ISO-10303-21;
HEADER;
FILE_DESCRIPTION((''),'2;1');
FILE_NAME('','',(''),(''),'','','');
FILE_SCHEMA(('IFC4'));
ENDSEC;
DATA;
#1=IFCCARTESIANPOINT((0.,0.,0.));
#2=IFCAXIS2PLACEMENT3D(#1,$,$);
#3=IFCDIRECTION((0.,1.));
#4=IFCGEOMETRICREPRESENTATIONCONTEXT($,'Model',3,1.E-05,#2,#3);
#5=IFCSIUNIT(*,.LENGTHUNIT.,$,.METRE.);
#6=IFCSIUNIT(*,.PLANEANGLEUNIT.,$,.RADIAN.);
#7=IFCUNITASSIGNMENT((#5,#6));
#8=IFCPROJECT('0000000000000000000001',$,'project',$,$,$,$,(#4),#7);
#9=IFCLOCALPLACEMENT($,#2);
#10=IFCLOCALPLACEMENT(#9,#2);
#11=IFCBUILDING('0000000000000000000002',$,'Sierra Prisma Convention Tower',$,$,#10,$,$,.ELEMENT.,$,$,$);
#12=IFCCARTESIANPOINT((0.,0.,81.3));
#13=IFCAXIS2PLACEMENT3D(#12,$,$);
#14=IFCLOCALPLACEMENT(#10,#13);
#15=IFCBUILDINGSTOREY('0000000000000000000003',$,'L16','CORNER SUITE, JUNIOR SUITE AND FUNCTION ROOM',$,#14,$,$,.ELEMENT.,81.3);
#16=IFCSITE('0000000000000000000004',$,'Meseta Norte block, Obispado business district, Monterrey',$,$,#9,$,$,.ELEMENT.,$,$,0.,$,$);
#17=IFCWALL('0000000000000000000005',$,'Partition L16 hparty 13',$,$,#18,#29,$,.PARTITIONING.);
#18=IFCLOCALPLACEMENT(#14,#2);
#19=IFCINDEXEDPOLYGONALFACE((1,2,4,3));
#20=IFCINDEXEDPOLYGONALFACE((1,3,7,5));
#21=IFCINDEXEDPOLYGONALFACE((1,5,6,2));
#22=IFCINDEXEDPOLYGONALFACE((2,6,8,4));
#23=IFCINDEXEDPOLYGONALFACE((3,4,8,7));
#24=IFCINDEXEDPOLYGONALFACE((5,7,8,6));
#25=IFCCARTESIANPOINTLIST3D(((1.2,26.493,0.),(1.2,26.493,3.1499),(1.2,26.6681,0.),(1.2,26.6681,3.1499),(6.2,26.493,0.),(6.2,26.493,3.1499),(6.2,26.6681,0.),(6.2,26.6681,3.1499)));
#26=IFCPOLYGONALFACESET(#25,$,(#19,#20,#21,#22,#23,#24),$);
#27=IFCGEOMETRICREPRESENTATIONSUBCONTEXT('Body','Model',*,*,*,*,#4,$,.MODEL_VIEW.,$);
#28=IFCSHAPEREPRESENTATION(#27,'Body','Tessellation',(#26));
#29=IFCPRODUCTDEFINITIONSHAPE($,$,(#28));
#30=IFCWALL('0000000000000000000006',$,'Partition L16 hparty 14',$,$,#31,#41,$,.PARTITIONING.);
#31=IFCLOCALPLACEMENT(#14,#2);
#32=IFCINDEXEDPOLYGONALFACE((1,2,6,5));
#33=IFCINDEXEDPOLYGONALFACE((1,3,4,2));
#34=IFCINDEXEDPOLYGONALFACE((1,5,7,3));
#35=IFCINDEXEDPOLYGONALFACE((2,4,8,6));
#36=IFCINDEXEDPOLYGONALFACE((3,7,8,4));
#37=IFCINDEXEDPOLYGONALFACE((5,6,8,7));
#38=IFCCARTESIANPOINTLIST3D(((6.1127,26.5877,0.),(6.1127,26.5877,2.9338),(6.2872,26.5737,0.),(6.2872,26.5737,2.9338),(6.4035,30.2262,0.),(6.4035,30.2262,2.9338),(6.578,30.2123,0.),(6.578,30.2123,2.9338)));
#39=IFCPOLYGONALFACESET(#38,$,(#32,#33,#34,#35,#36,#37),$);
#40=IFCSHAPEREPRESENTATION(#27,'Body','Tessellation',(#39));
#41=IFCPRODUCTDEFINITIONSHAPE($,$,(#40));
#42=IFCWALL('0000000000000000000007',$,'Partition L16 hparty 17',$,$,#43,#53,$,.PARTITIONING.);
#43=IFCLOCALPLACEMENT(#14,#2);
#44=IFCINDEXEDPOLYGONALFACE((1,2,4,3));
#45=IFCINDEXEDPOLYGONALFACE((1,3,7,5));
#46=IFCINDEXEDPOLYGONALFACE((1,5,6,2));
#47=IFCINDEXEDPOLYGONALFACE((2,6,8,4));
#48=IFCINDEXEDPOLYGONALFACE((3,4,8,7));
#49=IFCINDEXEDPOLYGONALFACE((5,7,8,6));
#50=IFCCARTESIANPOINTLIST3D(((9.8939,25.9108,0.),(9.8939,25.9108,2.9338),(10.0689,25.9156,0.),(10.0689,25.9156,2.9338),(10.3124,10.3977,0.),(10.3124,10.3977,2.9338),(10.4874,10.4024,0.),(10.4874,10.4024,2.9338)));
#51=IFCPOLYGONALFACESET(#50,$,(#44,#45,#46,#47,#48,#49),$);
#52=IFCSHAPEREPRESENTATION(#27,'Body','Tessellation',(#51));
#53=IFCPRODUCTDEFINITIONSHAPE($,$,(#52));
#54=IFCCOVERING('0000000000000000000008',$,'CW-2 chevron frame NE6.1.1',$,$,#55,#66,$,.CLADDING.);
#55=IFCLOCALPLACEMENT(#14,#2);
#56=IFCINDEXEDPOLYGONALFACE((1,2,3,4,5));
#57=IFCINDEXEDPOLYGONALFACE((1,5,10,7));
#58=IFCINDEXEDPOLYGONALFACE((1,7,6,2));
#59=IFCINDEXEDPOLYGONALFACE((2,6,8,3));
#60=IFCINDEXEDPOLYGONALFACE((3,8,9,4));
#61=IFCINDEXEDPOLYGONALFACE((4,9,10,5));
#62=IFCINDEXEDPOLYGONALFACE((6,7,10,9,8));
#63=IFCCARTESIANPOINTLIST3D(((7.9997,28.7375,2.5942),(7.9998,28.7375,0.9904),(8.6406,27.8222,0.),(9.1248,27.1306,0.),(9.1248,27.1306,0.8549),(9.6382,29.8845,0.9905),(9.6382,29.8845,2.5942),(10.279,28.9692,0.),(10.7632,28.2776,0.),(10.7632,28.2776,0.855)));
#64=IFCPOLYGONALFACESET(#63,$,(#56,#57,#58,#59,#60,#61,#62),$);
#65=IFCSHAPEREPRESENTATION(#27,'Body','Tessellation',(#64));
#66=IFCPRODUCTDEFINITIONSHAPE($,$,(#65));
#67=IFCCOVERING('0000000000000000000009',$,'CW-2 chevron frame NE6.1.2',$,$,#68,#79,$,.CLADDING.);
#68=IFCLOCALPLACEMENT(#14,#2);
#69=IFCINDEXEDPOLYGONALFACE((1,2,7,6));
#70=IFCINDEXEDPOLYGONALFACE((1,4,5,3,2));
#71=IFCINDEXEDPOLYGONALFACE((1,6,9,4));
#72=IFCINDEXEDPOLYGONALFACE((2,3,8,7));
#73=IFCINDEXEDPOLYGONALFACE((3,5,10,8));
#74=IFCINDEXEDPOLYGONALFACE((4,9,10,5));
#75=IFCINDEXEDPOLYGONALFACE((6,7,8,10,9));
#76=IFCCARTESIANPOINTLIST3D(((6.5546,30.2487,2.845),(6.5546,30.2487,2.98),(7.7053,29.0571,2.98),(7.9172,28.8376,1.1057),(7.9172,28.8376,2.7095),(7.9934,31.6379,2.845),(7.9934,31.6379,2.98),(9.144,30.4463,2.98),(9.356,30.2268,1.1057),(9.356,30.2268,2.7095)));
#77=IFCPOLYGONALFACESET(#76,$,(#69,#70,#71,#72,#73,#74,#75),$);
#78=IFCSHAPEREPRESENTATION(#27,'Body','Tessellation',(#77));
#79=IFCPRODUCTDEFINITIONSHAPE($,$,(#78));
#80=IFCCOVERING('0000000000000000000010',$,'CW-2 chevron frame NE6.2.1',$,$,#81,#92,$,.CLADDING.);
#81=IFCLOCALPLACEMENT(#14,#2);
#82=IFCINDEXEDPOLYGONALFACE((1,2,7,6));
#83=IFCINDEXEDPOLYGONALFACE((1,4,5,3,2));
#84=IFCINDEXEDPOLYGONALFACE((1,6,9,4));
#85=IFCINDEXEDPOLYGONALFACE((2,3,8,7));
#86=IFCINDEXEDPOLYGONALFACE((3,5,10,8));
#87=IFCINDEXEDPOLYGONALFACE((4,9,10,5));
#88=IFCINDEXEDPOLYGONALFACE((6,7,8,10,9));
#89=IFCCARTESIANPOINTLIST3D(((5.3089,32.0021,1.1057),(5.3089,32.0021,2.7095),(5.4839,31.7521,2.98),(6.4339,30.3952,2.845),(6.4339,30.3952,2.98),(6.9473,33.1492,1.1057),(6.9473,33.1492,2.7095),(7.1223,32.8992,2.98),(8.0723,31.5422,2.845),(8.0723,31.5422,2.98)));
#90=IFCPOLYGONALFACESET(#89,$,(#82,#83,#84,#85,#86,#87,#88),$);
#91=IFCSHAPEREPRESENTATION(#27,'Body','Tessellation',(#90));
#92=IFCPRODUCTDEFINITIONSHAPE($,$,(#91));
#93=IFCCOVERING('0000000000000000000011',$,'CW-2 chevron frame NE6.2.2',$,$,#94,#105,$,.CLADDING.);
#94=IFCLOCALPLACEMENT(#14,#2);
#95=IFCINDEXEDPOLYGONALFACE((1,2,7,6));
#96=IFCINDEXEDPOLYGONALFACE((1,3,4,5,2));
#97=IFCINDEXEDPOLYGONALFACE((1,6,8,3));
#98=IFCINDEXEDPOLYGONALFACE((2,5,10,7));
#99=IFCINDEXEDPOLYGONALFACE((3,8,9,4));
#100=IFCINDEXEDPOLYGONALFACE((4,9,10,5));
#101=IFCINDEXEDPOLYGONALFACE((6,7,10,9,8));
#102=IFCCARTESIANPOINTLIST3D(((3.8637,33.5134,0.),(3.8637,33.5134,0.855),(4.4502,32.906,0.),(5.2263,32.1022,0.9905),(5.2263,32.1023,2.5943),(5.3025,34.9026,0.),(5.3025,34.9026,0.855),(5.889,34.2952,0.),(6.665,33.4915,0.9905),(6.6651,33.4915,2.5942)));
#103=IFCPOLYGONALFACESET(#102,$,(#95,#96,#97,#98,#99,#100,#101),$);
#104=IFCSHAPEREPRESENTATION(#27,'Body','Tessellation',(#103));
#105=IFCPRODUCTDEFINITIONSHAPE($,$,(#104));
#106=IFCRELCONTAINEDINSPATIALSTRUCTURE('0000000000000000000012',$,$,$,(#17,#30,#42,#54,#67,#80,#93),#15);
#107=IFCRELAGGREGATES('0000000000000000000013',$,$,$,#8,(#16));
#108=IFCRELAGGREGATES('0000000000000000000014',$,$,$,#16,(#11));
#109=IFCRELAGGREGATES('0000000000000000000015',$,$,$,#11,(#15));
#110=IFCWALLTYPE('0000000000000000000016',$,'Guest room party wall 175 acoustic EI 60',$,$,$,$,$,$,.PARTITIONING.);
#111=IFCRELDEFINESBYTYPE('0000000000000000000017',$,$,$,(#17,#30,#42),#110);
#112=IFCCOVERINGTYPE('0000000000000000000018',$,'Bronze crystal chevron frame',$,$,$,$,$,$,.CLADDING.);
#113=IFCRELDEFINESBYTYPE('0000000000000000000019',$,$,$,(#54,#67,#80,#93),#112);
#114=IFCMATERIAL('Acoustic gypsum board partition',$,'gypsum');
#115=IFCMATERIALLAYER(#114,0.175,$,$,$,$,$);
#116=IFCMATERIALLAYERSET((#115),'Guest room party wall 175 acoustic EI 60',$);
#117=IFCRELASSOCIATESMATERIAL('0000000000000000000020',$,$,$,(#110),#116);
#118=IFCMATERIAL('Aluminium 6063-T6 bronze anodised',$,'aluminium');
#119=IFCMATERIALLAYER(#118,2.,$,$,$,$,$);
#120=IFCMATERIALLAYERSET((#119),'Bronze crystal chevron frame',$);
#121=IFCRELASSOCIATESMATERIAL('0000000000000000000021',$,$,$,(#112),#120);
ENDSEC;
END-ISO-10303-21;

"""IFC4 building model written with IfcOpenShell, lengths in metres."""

from ifc_helpers import new_model, si_unit, direction, frame, frame_2d, origin, place, context, subcontext, project, spatial, polyline, rectangle, outline, extrude, material, layer, layer_set, type_object, element, save


model = new_model("IFC4")

# Units and contexts
model_context = context("Model", 3, precision=1e-05, world=origin(), true_north=direction((0.0, 1.0)))
body_context = subcontext(model_context, "Body", "Model", "MODEL_VIEW")
ifc_project = project(units=[si_unit("LENGTHUNIT", "METRE"), si_unit("PLANEANGLEUNIT", "RADIAN")], contexts=[model_context])

# Site, building, storey
site_placement = place(None, origin())
site = spatial("IfcSite", under=ifc_project, at=site_placement, Name="Meseta Norte block, Obispado business district, Monterrey", CompositionType="ELEMENT", RefElevation=0.0)
building_placement = place(site_placement, origin())
building = spatial("IfcBuilding", under=site, at=building_placement, Name="Sierra Prisma Convention Tower", CompositionType="ELEMENT")
storey_placement = place(building_placement, frame((0.0, 0.0, 81.3)))
storey = spatial("IfcBuildingStorey", under=building, at=storey_placement, Name="L16", Description="CORNER SUITE, JUNIOR SUITE AND FUNCTION ROOM", CompositionType="ELEMENT", Elevation=81.3)

# Walls
ifc_material_1 = material(Name="Acoustic gypsum board partition", Category="gypsum")
ifc_layer_1 = layer(ifc_material_1, 0.175)
ifc_layer_set_1 = layer_set([ifc_layer_1], Name="Guest room party wall 175 acoustic EI 60")
wall_type_1 = type_object("IfcWallType", Name="Guest room party wall 175 acoustic EI 60", PredefinedType="PARTITIONING", material=ifc_layer_set_1)
wall_1_placement = place(storey_placement, frame((1.2, 26.5806, 0.0), z_axis=(0.0, 0.0, 1.0), x_axis=(1.0, 0.0, 0.0)))
element("IfcWall", 1, at=wall_1_placement, inside=storey, type_object=wall_type_1, Name="Partition L16 hparty 13", PredefinedType="PARTITIONING", context=body_context, shape_type="SweptSolid", body=[
    extrude(rectangle(XDim=5.0, YDim=0.175, at=frame_2d((2.5, 0.0))), origin(), (0.0, 0.0, 1.0), 3.1499),
])
wall_2_placement = place(storey_placement, frame((6.2, 26.5806, 0.0), z_axis=(0.0, 0.0, 1.0), x_axis=(0.079663, 0.996822, 0.0)))
element("IfcWall", 2, at=wall_2_placement, inside=storey, type_object=wall_type_1, Name="Partition L16 hparty 14", PredefinedType="PARTITIONING", context=body_context, shape_type="SweptSolid", body=[
    extrude(rectangle(XDim=3.6501, YDim=0.175, at=frame_2d((1.8252, 0.0))), origin(), (0.0, 0.0, 1.0), 2.9338),
])
wall_3_placement = place(storey_placement, frame((9.9814, 25.9131, 0.0), z_axis=(0.0, 0.0, 1.0), x_axis=(0.026964, -0.999636, 0.0)))
element("IfcWall", 3, at=wall_3_placement, inside=storey, type_object=wall_type_1, Name="Partition L16 hparty 17", PredefinedType="PARTITIONING", context=body_context, shape_type="SweptSolid", body=[
    extrude(rectangle(XDim=15.5188, YDim=0.175, at=frame_2d((7.7593, 0.0))), origin(), (0.0, 0.0, 1.0), 2.9338),
])

# Coverings
ifc_material_2 = material(Name="Aluminium 6063-T6 bronze anodised", Category="aluminium")
ifc_layer_2 = layer(ifc_material_2, 2.0)
ifc_layer_set_2 = layer_set([ifc_layer_2], Name="Bronze crystal chevron frame")
covering_type = type_object("IfcCoveringType", Name="Bronze crystal chevron frame", PredefinedType="CLADDING", material=ifc_layer_set_2)
covering_1_placement = place(storey_placement, frame((10.7632, 28.2776, 0.0), z_axis=(0.819204, 0.573502, 0.000025), x_axis=(-0.573502, 0.819204, 0.0)))
element("IfcCovering", 4, at=covering_1_placement, inside=storey, type_object=covering_type, Name="CW-2 chevron frame NE6.1.1", PredefinedType="CLADDING", context=body_context, shape_type="SweptSolid", body=[
    extrude(outline(polyline([(0.0, 0.0), (0.8443, 0.0), (1.9616, 0.9905), (1.9616, 2.5942), (0.0, 0.855), (0.0, 0.0)])), origin(), (0.0, 0.0, -1.0), 2.0),
])
covering_2_placement = place(storey_placement, frame((9.356, 30.2268, 2.7095), z_axis=(0.719382, 0.694615, -0.000004), x_axis=(-0.000003, -0.000003, -1.0)))
element("IfcCovering", 5, at=covering_2_placement, inside=storey, type_object=covering_type, Name="CW-2 chevron frame NE6.1.2", PredefinedType="CLADDING", context=body_context, shape_type="SweptSolid", body=[
    extrude(outline(polyline([(0.0, 0.0), (1.6038, 0.0), (-0.1355, 1.9616), (-0.2705, 1.9616), (-0.2705, 0.3051), (0.0, 0.0)])), origin(), (0.0, 0.0, -1.0), 2.0),
])
covering_3_placement = place(storey_placement, frame((8.0723, 31.5422, 2.98), z_axis=(0.819198, 0.573511, -0.000011), x_axis=(-0.000009, -0.000006, -1.0)))
element("IfcCovering", 6, at=covering_3_placement, inside=storey, type_object=covering_type, Name="CW-2 chevron frame NE6.2.1", PredefinedType="CLADDING", context=body_context, shape_type="SweptSolid", body=[
    extrude(outline(polyline([(0.0, 0.0), (0.135, 0.0), (1.8743, 1.9616), (0.2705, 1.9616), (0.0, 1.6564), (0.0, 0.0)])), origin(), (0.0, 0.0, -1.0), 2.0),
])
covering_4_placement = place(storey_placement, frame((5.3025, 34.9026, 0.0), z_axis=(0.719389, 0.694607, -0.000021), x_axis=(0.000015, 0.000014, 1.0)))
element("IfcCovering", 7, at=covering_4_placement, inside=storey, type_object=covering_type, Name="CW-2 chevron frame NE6.2.2", PredefinedType="CLADDING", context=body_context, shape_type="SweptSolid", body=[
    extrude(outline(polyline([(0.0, 0.0), (0.855, 0.0), (2.5942, 1.9616), (0.9905, 1.9616), (0.0, 0.8443), (0.0, 0.0)])), origin(), (0.0, 0.0, -1.0), 2.0),
])

save(model, "model.ifc")
